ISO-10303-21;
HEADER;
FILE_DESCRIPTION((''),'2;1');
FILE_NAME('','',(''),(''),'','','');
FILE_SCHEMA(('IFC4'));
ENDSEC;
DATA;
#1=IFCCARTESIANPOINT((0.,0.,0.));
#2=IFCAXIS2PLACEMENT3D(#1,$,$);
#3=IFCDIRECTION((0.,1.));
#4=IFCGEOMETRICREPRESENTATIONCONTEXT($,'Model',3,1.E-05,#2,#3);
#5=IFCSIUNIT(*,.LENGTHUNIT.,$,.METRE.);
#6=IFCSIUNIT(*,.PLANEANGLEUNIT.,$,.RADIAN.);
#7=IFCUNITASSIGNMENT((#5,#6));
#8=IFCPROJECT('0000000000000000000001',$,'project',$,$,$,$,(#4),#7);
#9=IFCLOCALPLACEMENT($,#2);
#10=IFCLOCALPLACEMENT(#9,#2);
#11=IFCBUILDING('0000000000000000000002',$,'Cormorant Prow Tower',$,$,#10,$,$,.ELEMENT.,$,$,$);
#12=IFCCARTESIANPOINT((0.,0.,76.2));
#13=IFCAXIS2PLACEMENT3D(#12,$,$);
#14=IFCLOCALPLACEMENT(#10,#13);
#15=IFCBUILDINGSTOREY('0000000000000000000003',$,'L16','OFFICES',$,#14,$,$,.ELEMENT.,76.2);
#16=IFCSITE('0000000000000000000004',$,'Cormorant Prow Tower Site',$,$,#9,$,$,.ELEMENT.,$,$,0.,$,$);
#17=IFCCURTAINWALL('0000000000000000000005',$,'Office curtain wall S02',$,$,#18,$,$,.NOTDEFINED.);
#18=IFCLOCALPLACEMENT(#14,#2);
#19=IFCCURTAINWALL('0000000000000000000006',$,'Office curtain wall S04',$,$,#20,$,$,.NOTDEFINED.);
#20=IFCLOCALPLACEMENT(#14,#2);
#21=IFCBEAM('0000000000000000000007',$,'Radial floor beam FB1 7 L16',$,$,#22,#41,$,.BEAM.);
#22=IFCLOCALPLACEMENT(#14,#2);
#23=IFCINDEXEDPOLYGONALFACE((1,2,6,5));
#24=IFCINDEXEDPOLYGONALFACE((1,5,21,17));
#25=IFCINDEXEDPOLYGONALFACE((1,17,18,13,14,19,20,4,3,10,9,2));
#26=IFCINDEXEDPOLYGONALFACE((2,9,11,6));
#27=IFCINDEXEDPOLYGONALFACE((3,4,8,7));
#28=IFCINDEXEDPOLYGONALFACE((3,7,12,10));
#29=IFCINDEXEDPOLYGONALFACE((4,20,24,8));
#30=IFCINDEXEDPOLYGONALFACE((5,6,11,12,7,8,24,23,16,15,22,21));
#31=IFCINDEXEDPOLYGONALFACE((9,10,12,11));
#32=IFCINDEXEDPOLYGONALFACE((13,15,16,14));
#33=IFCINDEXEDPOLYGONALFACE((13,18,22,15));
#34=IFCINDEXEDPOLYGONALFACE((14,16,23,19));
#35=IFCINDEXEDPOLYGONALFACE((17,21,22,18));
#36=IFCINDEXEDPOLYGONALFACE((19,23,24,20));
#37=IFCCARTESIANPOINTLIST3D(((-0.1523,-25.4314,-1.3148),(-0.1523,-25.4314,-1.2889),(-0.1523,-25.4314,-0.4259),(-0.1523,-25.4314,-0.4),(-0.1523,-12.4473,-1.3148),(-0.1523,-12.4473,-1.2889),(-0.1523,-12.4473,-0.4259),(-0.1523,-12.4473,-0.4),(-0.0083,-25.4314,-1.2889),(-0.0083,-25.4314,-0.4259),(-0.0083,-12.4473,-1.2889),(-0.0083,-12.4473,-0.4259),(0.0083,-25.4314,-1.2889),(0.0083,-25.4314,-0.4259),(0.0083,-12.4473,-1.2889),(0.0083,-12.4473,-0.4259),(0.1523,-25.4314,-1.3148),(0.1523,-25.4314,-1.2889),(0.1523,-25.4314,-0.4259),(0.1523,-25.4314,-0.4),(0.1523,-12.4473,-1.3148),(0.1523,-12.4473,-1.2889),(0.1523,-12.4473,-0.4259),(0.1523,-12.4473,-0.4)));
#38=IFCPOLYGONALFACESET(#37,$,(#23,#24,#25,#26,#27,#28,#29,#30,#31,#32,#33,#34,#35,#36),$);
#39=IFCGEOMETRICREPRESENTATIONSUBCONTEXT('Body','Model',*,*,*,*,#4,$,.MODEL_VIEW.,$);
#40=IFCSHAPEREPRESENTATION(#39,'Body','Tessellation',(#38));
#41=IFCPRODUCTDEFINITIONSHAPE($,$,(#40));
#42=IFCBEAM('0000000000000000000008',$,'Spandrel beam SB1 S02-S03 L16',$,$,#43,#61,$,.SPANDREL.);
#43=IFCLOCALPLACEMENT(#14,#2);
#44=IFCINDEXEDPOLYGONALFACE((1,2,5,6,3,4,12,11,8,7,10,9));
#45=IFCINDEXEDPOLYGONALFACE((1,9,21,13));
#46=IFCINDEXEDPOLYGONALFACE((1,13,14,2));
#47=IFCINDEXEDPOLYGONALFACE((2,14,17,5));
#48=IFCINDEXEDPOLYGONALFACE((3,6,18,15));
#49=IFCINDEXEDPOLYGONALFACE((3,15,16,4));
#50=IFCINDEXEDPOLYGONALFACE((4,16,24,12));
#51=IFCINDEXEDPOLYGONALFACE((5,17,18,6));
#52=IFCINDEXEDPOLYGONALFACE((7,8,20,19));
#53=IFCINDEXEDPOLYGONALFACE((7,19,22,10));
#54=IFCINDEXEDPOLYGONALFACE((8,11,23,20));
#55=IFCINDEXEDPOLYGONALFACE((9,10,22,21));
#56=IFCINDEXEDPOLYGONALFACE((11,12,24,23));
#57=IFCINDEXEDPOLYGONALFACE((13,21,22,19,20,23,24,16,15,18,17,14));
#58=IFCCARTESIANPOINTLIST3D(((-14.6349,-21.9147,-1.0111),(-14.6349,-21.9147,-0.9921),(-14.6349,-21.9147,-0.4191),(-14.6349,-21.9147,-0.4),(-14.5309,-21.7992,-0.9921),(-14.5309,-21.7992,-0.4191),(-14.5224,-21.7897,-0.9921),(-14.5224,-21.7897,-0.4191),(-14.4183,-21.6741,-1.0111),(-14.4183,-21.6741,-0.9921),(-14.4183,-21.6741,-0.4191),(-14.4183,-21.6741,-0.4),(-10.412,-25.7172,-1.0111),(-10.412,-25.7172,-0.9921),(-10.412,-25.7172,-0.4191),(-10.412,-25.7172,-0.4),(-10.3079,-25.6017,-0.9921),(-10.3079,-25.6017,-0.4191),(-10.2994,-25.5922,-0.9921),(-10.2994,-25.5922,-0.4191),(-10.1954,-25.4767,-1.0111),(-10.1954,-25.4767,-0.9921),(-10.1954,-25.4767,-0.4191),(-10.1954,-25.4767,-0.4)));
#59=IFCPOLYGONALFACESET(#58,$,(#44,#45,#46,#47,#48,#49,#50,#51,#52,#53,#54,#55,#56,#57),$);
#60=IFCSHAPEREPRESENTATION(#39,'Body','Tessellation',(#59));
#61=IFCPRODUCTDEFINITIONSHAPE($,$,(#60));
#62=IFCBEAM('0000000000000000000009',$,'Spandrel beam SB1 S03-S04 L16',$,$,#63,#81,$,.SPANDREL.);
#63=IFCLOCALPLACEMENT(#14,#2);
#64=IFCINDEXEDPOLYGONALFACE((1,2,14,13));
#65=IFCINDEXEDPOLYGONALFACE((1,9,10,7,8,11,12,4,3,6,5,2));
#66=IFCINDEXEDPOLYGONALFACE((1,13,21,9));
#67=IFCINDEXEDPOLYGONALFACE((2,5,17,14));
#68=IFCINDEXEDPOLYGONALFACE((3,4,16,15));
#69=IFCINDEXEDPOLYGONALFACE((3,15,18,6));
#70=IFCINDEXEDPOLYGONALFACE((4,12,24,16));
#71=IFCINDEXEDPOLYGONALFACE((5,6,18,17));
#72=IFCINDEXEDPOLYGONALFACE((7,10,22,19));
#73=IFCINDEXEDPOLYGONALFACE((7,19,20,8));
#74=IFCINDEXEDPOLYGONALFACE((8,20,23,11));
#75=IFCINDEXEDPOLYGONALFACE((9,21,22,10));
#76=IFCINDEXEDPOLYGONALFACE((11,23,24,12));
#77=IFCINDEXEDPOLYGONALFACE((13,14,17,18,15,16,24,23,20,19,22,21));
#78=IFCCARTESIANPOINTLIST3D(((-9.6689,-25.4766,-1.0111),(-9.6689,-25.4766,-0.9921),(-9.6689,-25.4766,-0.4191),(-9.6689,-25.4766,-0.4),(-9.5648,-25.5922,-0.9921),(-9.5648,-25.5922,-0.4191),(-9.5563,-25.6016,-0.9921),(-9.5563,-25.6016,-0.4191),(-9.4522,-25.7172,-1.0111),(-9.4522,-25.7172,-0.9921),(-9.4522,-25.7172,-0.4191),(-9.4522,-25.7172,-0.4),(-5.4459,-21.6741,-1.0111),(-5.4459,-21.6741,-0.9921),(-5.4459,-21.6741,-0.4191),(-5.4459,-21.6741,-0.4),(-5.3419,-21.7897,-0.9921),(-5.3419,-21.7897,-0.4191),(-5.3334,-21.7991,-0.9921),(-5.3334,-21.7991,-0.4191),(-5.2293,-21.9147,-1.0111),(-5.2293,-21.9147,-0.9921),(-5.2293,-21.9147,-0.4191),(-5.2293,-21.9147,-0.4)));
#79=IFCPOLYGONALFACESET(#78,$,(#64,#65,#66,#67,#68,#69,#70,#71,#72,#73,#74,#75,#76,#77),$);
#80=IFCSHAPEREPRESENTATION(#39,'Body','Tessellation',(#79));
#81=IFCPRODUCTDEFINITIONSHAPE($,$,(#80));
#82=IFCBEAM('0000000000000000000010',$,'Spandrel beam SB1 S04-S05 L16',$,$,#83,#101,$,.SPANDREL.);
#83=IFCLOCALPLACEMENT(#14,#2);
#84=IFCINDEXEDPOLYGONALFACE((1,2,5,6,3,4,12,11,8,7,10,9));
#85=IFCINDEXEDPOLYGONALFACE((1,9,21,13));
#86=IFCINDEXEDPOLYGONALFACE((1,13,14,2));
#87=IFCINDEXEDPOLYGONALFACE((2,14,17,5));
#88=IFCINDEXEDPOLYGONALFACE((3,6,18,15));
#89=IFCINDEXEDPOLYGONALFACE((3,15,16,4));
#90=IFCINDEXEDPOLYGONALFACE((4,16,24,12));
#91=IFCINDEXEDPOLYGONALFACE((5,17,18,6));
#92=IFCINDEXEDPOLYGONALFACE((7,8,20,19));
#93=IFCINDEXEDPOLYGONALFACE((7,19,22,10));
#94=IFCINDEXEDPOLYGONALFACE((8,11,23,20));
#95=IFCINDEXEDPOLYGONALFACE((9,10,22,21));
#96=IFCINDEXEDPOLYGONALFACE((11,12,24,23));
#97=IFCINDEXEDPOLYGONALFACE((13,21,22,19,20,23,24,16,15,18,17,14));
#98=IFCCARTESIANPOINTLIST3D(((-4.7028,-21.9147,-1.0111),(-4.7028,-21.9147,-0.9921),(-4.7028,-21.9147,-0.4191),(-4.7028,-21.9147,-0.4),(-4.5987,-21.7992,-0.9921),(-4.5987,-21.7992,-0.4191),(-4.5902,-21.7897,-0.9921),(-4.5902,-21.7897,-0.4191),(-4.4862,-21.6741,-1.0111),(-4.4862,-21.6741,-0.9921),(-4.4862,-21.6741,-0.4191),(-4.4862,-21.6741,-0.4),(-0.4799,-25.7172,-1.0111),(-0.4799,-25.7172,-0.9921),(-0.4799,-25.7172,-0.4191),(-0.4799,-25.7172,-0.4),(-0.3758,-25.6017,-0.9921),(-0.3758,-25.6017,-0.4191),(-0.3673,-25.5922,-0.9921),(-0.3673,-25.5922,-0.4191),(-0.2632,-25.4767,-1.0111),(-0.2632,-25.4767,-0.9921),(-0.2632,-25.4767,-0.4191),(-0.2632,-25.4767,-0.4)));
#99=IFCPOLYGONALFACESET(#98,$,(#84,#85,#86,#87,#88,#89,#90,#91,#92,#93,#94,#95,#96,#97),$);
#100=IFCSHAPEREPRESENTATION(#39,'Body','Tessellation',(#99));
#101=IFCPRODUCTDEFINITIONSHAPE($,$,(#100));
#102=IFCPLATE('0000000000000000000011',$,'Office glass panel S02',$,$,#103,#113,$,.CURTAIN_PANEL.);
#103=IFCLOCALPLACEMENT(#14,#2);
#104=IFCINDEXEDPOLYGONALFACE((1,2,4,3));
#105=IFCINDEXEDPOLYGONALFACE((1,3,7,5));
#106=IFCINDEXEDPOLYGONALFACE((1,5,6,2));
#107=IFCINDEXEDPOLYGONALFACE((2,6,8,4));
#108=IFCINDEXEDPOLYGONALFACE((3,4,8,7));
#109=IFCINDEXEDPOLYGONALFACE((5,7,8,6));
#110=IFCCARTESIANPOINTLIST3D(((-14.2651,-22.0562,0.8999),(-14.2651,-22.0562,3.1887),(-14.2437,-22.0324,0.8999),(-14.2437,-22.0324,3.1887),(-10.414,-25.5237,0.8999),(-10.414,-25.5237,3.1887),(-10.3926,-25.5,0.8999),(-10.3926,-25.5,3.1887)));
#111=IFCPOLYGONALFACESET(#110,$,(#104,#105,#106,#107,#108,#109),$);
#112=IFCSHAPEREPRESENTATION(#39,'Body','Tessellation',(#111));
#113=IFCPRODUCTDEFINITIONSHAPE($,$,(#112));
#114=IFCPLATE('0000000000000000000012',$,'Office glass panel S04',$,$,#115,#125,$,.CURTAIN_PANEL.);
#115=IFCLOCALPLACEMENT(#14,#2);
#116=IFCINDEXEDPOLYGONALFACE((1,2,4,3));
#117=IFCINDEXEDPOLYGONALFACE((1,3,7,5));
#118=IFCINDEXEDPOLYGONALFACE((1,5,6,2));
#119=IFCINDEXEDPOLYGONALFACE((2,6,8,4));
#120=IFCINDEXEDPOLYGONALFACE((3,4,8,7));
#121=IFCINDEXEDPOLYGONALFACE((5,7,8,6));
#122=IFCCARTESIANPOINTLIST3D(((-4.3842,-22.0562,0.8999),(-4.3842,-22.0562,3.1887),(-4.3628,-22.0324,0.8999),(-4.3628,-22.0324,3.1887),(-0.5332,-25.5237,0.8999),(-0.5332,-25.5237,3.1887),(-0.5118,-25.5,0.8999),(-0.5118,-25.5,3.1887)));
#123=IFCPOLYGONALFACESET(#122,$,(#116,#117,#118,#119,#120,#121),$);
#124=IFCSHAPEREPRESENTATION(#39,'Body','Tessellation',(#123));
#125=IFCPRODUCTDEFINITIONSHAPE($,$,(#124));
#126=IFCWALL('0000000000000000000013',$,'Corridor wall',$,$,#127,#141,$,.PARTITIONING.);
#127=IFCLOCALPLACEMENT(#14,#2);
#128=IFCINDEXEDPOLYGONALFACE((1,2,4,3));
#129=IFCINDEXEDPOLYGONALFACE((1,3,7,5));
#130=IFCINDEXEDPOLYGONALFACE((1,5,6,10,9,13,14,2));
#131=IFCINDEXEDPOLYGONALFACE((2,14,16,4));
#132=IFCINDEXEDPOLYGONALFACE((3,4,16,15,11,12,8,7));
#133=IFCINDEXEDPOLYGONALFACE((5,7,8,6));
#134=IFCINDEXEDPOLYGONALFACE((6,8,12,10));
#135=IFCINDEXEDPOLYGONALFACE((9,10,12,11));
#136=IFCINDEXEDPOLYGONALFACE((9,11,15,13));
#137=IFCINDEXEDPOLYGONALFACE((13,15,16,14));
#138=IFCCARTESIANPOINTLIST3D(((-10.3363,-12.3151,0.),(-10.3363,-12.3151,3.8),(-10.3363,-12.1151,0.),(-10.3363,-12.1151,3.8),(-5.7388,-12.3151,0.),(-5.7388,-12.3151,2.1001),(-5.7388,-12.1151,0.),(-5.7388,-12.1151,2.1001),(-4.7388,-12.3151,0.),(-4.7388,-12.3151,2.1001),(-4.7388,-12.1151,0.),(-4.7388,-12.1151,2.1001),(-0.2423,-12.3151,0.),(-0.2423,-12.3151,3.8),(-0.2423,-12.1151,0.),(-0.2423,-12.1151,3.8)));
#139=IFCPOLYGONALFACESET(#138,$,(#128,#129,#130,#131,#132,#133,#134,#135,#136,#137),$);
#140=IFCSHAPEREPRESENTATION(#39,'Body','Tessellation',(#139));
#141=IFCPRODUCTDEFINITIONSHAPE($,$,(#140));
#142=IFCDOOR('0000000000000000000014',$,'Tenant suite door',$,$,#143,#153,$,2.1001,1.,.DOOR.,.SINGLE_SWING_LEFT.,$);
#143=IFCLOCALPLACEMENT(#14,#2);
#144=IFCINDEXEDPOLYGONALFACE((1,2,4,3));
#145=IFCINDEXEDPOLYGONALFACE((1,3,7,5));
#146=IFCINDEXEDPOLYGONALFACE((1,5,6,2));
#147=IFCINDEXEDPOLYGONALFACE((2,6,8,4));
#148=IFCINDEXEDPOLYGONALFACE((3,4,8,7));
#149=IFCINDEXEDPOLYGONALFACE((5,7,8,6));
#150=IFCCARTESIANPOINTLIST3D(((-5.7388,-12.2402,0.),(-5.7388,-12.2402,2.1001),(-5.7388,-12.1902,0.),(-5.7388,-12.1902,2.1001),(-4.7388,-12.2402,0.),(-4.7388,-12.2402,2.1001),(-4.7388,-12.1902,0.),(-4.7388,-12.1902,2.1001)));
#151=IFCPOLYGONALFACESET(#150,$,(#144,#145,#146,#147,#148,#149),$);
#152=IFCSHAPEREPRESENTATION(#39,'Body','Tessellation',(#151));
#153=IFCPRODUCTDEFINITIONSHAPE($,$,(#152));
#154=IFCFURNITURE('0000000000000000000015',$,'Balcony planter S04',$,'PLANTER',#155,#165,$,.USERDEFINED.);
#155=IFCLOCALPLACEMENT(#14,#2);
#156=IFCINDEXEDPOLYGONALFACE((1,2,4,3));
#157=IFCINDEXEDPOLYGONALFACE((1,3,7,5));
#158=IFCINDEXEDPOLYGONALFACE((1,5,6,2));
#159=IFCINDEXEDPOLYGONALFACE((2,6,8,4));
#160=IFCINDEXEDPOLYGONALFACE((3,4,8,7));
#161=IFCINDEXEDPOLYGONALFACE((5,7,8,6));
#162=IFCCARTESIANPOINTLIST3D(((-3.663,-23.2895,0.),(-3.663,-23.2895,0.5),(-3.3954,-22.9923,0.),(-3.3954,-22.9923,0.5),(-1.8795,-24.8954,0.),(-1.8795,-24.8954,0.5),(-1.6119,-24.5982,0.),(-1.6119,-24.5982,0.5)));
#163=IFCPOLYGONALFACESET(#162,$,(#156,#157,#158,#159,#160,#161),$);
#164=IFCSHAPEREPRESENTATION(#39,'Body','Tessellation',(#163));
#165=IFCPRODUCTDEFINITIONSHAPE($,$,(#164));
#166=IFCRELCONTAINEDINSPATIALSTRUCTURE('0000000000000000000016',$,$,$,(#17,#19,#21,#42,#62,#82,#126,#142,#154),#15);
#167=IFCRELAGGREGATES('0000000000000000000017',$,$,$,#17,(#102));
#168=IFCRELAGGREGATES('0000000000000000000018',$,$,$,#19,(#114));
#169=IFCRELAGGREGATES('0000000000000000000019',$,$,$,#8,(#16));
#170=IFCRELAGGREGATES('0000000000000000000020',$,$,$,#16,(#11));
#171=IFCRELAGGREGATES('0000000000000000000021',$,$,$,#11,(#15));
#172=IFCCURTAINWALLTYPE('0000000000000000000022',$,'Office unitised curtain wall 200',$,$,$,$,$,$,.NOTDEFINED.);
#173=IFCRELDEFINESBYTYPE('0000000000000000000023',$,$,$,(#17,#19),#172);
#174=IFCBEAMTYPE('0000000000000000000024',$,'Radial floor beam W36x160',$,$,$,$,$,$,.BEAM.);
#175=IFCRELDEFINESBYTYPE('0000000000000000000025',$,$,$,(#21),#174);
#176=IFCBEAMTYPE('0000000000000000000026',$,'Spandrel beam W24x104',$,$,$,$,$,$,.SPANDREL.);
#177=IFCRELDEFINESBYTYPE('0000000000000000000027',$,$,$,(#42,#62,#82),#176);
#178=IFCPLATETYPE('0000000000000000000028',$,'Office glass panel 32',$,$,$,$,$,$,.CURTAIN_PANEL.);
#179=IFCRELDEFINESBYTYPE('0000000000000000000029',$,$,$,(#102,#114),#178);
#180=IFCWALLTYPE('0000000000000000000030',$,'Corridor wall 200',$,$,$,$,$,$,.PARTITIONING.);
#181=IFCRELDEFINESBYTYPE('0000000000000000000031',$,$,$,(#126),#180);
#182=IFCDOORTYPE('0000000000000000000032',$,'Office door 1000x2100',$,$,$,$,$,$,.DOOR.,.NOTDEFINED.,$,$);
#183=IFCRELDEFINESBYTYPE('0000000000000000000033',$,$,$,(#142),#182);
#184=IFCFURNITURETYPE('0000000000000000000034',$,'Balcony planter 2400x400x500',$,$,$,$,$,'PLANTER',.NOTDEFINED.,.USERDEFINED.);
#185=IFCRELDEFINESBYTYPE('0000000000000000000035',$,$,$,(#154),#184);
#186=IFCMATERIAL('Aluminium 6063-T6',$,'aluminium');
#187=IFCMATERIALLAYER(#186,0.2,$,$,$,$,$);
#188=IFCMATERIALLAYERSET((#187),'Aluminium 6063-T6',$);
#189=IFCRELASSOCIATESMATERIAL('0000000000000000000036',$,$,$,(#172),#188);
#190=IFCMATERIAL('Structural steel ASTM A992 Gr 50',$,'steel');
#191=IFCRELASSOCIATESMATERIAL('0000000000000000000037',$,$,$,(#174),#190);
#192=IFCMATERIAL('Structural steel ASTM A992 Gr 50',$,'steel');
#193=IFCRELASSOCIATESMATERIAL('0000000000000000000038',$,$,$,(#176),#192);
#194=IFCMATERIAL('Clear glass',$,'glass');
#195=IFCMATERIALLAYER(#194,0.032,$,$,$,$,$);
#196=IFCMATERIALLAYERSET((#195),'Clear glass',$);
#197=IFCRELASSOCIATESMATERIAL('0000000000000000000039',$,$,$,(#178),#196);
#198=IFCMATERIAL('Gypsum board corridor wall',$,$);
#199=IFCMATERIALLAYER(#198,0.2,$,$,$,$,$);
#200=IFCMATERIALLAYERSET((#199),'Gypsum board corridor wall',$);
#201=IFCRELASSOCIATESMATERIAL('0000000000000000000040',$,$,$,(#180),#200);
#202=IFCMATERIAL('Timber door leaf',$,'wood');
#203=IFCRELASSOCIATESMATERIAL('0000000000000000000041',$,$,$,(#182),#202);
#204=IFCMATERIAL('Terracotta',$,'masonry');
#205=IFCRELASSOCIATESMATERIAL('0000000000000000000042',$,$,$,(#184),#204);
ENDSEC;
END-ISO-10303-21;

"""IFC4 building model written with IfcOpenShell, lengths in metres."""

from ifc_helpers import new_model, si_unit, direction, frame, frame_2d, origin, origin_2d, place, context, subcontext, project, spatial, rectangle, i_section, extrude, material, layer, layer_set, material_profile, profile_set, type_object, element, fill, aggregate, save


model = new_model("IFC4")

# Units and contexts
model_context = context("Model", 3, precision=1e-05, world=origin(), true_north=direction((0.0, 1.0)))
body_context = subcontext(model_context, "Body", "Model", "MODEL_VIEW")
ifc_project = project(units=[si_unit("LENGTHUNIT", "METRE"), si_unit("PLANEANGLEUNIT", "RADIAN")], contexts=[model_context])

# Site, building, storey
site_placement = place(None, origin())
site = spatial("IfcSite", under=ifc_project, at=site_placement, Name="Cormorant Prow Tower Site", CompositionType="ELEMENT", RefElevation=0.0)
building_placement = place(site_placement, origin())
building = spatial("IfcBuilding", under=site, at=building_placement, Name="Cormorant Prow Tower", CompositionType="ELEMENT")
storey_placement = place(building_placement, frame((0.0, 0.0, 76.2)))
storey = spatial("IfcBuildingStorey", under=building, at=storey_placement, Name="L16", Description="OFFICES", CompositionType="ELEMENT", Elevation=76.2)

# Curtain walls
ifc_material_1 = material(Name="Aluminium 6063-T6", Category="aluminium")
ifc_layer_1 = layer(ifc_material_1, 0.2)
ifc_layer_set_1 = layer_set([ifc_layer_1], Name="Aluminium 6063-T6")
curtain_wall_type = type_object("IfcCurtainWallType", Name="Office unitised curtain wall 200", PredefinedType="NOTDEFINED", material=ifc_layer_set_1)
curtain_wall_1_placement = place(storey_placement, origin())
curtain_wall_1 = element("IfcCurtainWall", 1, at=curtain_wall_1_placement, inside=storey, type_object=curtain_wall_type, Name="Office curtain wall S02", PredefinedType="NOTDEFINED")
curtain_wall_2_placement = place(storey_placement, origin())
curtain_wall_2 = element("IfcCurtainWall", 2, at=curtain_wall_2_placement, inside=storey, type_object=curtain_wall_type, Name="Office curtain wall S04", PredefinedType="NOTDEFINED")

# Beams
ifc_material_2 = material(Name="Structural steel ASTM A992 Gr 50", Category="steel")
ifc_material_profile_1 = material_profile(ifc_material_2, i_section(OverallWidth=0.3047, OverallDepth=0.9148, WebThickness=0.0166, FlangeThickness=0.0259, at=origin_2d()), Name="W36x160")
ifc_profile_set_1 = profile_set([ifc_material_profile_1], Name="Structural steel ASTM A992 Gr 50")
beam_type_1 = type_object("IfcBeamType", Name="Radial floor beam W36x160", PredefinedType="BEAM", material=ifc_profile_set_1)
beam_1_placement = place(storey_placement, frame((0.0, -12.4473, -0.8574), z_axis=(0.0, -1.0, 0.0), x_axis=(1.0, 0.0, 0.0)))
element("IfcBeam", 3, at=beam_1_placement, inside=storey, type_object=beam_type_1, Name="Radial floor beam FB1 7 L16", PredefinedType="BEAM", context=body_context, shape_type="SweptSolid", body=[
    extrude(i_section(OverallWidth=0.3047, OverallDepth=0.9148, WebThickness=0.0166, FlangeThickness=0.0259, at=origin_2d()), origin(), (0.0, 0.0, 1.0), 12.9841),
])
ifc_material_3 = material(Name="Structural steel ASTM A992 Gr 50", Category="steel")
ifc_material_profile_2 = material_profile(ifc_material_3, i_section(OverallWidth=0.3237, OverallDepth=0.6111, WebThickness=0.0127, FlangeThickness=0.019, at=origin_2d()), Name="W24x104")
ifc_profile_set_2 = profile_set([ifc_material_profile_2], Name="Structural steel ASTM A992 Gr 50")
beam_type_2 = type_object("IfcBeamType", Name="Spandrel beam W24x104", PredefinedType="SPANDREL", material=ifc_profile_set_2)
for number, where, z_axis, x_axis, name in (
    (4, (-14.5266, -21.7944, -0.7056), (0.74313, -0.669147, 0.0), (0.669147, 0.74313, 0.0), "Spandrel beam SB1 S02-S03 L16"),
    (5, (-9.5605, -25.5969, -0.7056), (0.74313, 0.669147, 0.0), (-0.669147, 0.74313, 0.0), "Spandrel beam SB1 S03-S04 L16"),
    (6, (-4.5945, -21.7944, -0.7056), (0.74313, -0.669147, 0.0), (0.669147, 0.74313, 0.0), "Spandrel beam SB1 S04-S05 L16"),
):
    element("IfcBeam", number, at=place(storey_placement, frame(where, z_axis=z_axis, x_axis=x_axis)), inside=storey, type_object=beam_type_2, Name=name, PredefinedType="SPANDREL", context=body_context, shape_type="SweptSolid", body=[
        extrude(i_section(OverallWidth=0.3237, OverallDepth=0.6111, WebThickness=0.0127, FlangeThickness=0.019, at=origin_2d()), origin(), (0.0, 0.0, 1.0), 5.6826),
    ])

# Plates
ifc_material_4 = material(Name="Clear glass", Category="glass")
ifc_layer_2 = layer(ifc_material_4, 0.032)
ifc_layer_set_2 = layer_set([ifc_layer_2], Name="Clear glass")
plate_type = type_object("IfcPlateType", Name="Office glass panel 32", PredefinedType="CURTAIN_PANEL", material=ifc_layer_set_2)
plate_1_placement = place(storey_placement, frame((-12.3289, -23.7781, 0.8999), z_axis=(0.0, 0.0, 1.0), x_axis=(0.743145, -0.669131, 0.0)))
plate_1 = element("IfcPlate", 7, at=plate_1_placement, type_object=plate_type, Name="Office glass panel S02", PredefinedType="CURTAIN_PANEL", context=body_context, shape_type="SweptSolid", body=[
    extrude(rectangle(XDim=5.1821, YDim=0.032, at=origin_2d()), origin(), (0.0, 0.0, 1.0), 2.2888),
])
aggregate(curtain_wall_1, [plate_1])
plate_2_placement = place(storey_placement, frame((-2.448, -23.7781, 0.8999), z_axis=(0.0, 0.0, 1.0), x_axis=(0.743145, -0.669131, 0.0)))
plate_2 = element("IfcPlate", 8, at=plate_2_placement, type_object=plate_type, Name="Office glass panel S04", PredefinedType="CURTAIN_PANEL", context=body_context, shape_type="SweptSolid", body=[
    extrude(rectangle(XDim=5.1821, YDim=0.032, at=origin_2d()), origin(), (0.0, 0.0, 1.0), 2.2888),
])
aggregate(curtain_wall_2, [plate_2])

# Wall, opening, door
ifc_material_5 = material(Name="Gypsum board corridor wall")
ifc_layer_3 = layer(ifc_material_5, 0.2)
ifc_layer_set_3 = layer_set([ifc_layer_3], Name="Gypsum board corridor wall")
wall_type_1 = type_object("IfcWallType", Name="Corridor wall 200", PredefinedType="PARTITIONING", material=ifc_layer_set_3)
wall_1_placement = place(storey_placement, frame((-10.3362, -12.2151, 0.0), z_axis=(0.0, 0.0, 1.0), x_axis=(1.0, 0.0, 0.0)))
wall_1 = element("IfcWall", 9, at=wall_1_placement, inside=storey, type_object=wall_type_1, Name="Corridor wall", PredefinedType="PARTITIONING", context=body_context, shape_type="SweptSolid", body=[
    extrude(rectangle(XDim=10.094, YDim=0.2, at=frame_2d((5.0469, 0.0))), origin(), (0.0, 0.0, 1.0), 3.8),
])
opening_1_placement = place(wall_1_placement, frame((4.5974, 0.0, 0.0)))
opening_1 = element("IfcOpeningElement", 10, at=opening_1_placement, cuts=wall_1, PredefinedType="OPENING", context=body_context, shape_type="SweptSolid", body=[
    extrude(rectangle(XDim=1.0, YDim=2.1001, at=frame_2d((0.5, 1.05))), frame((0.0, 0.1099, 0.0), z_axis=(0.0, -1.0, 0.0), x_axis=(1.0, 0.0, 0.0)), (0.0, 0.0, 1.0), 0.22),
])
ifc_material_6 = material(Name="Timber door leaf", Category="wood")
door_type_1 = type_object("IfcDoorType", Name="Office door 1000x2100", OperationType="NOTDEFINED", PredefinedType="DOOR", material=ifc_material_6)
door_1_placement = place(opening_1_placement, origin())
door_1 = element("IfcDoor", 11, at=door_1_placement, inside=storey, type_object=door_type_1, Name="Tenant suite door", OperationType="SINGLE_SWING_LEFT", OverallHeight=2.1001, OverallWidth=1.0, PredefinedType="DOOR", context=body_context, shape_type="SweptSolid", body=[
    extrude(rectangle(XDim=1.0, YDim=2.1001, at=frame_2d((0.5, 1.05))), frame((0.0, 0.0249, 0.0), z_axis=(0.0, -1.0, 0.0), x_axis=(1.0, 0.0, 0.0)), (0.0, 0.0, 1.0), 0.05),
])
fill(opening_1, door_1)

# Furniture
ifc_material_7 = material(Name="Terracotta", Category="masonry")
furniture_type = type_object("IfcFurnitureType", Name="Balcony planter 2400x400x500", ElementType="PLANTER", AssemblyPlace="NOTDEFINED", PredefinedType="USERDEFINED", material=ifc_material_7)
furniture_placement = place(storey_placement, frame((-2.6375, -23.9438, 0.0), z_axis=(0.0, 0.0, 1.0), x_axis=(0.743145, -0.669131, 0.0)))
element("IfcFurniture", 12, at=furniture_placement, inside=storey, type_object=furniture_type, Name="Balcony planter S04", ObjectType="PLANTER", PredefinedType="USERDEFINED", context=body_context, shape_type="SweptSolid", body=[
    extrude(rectangle(XDim=2.3999, YDim=0.3999, at=origin_2d()), origin(), (0.0, 0.0, 1.0), 0.5),
])

save(model, "model.ifc")
